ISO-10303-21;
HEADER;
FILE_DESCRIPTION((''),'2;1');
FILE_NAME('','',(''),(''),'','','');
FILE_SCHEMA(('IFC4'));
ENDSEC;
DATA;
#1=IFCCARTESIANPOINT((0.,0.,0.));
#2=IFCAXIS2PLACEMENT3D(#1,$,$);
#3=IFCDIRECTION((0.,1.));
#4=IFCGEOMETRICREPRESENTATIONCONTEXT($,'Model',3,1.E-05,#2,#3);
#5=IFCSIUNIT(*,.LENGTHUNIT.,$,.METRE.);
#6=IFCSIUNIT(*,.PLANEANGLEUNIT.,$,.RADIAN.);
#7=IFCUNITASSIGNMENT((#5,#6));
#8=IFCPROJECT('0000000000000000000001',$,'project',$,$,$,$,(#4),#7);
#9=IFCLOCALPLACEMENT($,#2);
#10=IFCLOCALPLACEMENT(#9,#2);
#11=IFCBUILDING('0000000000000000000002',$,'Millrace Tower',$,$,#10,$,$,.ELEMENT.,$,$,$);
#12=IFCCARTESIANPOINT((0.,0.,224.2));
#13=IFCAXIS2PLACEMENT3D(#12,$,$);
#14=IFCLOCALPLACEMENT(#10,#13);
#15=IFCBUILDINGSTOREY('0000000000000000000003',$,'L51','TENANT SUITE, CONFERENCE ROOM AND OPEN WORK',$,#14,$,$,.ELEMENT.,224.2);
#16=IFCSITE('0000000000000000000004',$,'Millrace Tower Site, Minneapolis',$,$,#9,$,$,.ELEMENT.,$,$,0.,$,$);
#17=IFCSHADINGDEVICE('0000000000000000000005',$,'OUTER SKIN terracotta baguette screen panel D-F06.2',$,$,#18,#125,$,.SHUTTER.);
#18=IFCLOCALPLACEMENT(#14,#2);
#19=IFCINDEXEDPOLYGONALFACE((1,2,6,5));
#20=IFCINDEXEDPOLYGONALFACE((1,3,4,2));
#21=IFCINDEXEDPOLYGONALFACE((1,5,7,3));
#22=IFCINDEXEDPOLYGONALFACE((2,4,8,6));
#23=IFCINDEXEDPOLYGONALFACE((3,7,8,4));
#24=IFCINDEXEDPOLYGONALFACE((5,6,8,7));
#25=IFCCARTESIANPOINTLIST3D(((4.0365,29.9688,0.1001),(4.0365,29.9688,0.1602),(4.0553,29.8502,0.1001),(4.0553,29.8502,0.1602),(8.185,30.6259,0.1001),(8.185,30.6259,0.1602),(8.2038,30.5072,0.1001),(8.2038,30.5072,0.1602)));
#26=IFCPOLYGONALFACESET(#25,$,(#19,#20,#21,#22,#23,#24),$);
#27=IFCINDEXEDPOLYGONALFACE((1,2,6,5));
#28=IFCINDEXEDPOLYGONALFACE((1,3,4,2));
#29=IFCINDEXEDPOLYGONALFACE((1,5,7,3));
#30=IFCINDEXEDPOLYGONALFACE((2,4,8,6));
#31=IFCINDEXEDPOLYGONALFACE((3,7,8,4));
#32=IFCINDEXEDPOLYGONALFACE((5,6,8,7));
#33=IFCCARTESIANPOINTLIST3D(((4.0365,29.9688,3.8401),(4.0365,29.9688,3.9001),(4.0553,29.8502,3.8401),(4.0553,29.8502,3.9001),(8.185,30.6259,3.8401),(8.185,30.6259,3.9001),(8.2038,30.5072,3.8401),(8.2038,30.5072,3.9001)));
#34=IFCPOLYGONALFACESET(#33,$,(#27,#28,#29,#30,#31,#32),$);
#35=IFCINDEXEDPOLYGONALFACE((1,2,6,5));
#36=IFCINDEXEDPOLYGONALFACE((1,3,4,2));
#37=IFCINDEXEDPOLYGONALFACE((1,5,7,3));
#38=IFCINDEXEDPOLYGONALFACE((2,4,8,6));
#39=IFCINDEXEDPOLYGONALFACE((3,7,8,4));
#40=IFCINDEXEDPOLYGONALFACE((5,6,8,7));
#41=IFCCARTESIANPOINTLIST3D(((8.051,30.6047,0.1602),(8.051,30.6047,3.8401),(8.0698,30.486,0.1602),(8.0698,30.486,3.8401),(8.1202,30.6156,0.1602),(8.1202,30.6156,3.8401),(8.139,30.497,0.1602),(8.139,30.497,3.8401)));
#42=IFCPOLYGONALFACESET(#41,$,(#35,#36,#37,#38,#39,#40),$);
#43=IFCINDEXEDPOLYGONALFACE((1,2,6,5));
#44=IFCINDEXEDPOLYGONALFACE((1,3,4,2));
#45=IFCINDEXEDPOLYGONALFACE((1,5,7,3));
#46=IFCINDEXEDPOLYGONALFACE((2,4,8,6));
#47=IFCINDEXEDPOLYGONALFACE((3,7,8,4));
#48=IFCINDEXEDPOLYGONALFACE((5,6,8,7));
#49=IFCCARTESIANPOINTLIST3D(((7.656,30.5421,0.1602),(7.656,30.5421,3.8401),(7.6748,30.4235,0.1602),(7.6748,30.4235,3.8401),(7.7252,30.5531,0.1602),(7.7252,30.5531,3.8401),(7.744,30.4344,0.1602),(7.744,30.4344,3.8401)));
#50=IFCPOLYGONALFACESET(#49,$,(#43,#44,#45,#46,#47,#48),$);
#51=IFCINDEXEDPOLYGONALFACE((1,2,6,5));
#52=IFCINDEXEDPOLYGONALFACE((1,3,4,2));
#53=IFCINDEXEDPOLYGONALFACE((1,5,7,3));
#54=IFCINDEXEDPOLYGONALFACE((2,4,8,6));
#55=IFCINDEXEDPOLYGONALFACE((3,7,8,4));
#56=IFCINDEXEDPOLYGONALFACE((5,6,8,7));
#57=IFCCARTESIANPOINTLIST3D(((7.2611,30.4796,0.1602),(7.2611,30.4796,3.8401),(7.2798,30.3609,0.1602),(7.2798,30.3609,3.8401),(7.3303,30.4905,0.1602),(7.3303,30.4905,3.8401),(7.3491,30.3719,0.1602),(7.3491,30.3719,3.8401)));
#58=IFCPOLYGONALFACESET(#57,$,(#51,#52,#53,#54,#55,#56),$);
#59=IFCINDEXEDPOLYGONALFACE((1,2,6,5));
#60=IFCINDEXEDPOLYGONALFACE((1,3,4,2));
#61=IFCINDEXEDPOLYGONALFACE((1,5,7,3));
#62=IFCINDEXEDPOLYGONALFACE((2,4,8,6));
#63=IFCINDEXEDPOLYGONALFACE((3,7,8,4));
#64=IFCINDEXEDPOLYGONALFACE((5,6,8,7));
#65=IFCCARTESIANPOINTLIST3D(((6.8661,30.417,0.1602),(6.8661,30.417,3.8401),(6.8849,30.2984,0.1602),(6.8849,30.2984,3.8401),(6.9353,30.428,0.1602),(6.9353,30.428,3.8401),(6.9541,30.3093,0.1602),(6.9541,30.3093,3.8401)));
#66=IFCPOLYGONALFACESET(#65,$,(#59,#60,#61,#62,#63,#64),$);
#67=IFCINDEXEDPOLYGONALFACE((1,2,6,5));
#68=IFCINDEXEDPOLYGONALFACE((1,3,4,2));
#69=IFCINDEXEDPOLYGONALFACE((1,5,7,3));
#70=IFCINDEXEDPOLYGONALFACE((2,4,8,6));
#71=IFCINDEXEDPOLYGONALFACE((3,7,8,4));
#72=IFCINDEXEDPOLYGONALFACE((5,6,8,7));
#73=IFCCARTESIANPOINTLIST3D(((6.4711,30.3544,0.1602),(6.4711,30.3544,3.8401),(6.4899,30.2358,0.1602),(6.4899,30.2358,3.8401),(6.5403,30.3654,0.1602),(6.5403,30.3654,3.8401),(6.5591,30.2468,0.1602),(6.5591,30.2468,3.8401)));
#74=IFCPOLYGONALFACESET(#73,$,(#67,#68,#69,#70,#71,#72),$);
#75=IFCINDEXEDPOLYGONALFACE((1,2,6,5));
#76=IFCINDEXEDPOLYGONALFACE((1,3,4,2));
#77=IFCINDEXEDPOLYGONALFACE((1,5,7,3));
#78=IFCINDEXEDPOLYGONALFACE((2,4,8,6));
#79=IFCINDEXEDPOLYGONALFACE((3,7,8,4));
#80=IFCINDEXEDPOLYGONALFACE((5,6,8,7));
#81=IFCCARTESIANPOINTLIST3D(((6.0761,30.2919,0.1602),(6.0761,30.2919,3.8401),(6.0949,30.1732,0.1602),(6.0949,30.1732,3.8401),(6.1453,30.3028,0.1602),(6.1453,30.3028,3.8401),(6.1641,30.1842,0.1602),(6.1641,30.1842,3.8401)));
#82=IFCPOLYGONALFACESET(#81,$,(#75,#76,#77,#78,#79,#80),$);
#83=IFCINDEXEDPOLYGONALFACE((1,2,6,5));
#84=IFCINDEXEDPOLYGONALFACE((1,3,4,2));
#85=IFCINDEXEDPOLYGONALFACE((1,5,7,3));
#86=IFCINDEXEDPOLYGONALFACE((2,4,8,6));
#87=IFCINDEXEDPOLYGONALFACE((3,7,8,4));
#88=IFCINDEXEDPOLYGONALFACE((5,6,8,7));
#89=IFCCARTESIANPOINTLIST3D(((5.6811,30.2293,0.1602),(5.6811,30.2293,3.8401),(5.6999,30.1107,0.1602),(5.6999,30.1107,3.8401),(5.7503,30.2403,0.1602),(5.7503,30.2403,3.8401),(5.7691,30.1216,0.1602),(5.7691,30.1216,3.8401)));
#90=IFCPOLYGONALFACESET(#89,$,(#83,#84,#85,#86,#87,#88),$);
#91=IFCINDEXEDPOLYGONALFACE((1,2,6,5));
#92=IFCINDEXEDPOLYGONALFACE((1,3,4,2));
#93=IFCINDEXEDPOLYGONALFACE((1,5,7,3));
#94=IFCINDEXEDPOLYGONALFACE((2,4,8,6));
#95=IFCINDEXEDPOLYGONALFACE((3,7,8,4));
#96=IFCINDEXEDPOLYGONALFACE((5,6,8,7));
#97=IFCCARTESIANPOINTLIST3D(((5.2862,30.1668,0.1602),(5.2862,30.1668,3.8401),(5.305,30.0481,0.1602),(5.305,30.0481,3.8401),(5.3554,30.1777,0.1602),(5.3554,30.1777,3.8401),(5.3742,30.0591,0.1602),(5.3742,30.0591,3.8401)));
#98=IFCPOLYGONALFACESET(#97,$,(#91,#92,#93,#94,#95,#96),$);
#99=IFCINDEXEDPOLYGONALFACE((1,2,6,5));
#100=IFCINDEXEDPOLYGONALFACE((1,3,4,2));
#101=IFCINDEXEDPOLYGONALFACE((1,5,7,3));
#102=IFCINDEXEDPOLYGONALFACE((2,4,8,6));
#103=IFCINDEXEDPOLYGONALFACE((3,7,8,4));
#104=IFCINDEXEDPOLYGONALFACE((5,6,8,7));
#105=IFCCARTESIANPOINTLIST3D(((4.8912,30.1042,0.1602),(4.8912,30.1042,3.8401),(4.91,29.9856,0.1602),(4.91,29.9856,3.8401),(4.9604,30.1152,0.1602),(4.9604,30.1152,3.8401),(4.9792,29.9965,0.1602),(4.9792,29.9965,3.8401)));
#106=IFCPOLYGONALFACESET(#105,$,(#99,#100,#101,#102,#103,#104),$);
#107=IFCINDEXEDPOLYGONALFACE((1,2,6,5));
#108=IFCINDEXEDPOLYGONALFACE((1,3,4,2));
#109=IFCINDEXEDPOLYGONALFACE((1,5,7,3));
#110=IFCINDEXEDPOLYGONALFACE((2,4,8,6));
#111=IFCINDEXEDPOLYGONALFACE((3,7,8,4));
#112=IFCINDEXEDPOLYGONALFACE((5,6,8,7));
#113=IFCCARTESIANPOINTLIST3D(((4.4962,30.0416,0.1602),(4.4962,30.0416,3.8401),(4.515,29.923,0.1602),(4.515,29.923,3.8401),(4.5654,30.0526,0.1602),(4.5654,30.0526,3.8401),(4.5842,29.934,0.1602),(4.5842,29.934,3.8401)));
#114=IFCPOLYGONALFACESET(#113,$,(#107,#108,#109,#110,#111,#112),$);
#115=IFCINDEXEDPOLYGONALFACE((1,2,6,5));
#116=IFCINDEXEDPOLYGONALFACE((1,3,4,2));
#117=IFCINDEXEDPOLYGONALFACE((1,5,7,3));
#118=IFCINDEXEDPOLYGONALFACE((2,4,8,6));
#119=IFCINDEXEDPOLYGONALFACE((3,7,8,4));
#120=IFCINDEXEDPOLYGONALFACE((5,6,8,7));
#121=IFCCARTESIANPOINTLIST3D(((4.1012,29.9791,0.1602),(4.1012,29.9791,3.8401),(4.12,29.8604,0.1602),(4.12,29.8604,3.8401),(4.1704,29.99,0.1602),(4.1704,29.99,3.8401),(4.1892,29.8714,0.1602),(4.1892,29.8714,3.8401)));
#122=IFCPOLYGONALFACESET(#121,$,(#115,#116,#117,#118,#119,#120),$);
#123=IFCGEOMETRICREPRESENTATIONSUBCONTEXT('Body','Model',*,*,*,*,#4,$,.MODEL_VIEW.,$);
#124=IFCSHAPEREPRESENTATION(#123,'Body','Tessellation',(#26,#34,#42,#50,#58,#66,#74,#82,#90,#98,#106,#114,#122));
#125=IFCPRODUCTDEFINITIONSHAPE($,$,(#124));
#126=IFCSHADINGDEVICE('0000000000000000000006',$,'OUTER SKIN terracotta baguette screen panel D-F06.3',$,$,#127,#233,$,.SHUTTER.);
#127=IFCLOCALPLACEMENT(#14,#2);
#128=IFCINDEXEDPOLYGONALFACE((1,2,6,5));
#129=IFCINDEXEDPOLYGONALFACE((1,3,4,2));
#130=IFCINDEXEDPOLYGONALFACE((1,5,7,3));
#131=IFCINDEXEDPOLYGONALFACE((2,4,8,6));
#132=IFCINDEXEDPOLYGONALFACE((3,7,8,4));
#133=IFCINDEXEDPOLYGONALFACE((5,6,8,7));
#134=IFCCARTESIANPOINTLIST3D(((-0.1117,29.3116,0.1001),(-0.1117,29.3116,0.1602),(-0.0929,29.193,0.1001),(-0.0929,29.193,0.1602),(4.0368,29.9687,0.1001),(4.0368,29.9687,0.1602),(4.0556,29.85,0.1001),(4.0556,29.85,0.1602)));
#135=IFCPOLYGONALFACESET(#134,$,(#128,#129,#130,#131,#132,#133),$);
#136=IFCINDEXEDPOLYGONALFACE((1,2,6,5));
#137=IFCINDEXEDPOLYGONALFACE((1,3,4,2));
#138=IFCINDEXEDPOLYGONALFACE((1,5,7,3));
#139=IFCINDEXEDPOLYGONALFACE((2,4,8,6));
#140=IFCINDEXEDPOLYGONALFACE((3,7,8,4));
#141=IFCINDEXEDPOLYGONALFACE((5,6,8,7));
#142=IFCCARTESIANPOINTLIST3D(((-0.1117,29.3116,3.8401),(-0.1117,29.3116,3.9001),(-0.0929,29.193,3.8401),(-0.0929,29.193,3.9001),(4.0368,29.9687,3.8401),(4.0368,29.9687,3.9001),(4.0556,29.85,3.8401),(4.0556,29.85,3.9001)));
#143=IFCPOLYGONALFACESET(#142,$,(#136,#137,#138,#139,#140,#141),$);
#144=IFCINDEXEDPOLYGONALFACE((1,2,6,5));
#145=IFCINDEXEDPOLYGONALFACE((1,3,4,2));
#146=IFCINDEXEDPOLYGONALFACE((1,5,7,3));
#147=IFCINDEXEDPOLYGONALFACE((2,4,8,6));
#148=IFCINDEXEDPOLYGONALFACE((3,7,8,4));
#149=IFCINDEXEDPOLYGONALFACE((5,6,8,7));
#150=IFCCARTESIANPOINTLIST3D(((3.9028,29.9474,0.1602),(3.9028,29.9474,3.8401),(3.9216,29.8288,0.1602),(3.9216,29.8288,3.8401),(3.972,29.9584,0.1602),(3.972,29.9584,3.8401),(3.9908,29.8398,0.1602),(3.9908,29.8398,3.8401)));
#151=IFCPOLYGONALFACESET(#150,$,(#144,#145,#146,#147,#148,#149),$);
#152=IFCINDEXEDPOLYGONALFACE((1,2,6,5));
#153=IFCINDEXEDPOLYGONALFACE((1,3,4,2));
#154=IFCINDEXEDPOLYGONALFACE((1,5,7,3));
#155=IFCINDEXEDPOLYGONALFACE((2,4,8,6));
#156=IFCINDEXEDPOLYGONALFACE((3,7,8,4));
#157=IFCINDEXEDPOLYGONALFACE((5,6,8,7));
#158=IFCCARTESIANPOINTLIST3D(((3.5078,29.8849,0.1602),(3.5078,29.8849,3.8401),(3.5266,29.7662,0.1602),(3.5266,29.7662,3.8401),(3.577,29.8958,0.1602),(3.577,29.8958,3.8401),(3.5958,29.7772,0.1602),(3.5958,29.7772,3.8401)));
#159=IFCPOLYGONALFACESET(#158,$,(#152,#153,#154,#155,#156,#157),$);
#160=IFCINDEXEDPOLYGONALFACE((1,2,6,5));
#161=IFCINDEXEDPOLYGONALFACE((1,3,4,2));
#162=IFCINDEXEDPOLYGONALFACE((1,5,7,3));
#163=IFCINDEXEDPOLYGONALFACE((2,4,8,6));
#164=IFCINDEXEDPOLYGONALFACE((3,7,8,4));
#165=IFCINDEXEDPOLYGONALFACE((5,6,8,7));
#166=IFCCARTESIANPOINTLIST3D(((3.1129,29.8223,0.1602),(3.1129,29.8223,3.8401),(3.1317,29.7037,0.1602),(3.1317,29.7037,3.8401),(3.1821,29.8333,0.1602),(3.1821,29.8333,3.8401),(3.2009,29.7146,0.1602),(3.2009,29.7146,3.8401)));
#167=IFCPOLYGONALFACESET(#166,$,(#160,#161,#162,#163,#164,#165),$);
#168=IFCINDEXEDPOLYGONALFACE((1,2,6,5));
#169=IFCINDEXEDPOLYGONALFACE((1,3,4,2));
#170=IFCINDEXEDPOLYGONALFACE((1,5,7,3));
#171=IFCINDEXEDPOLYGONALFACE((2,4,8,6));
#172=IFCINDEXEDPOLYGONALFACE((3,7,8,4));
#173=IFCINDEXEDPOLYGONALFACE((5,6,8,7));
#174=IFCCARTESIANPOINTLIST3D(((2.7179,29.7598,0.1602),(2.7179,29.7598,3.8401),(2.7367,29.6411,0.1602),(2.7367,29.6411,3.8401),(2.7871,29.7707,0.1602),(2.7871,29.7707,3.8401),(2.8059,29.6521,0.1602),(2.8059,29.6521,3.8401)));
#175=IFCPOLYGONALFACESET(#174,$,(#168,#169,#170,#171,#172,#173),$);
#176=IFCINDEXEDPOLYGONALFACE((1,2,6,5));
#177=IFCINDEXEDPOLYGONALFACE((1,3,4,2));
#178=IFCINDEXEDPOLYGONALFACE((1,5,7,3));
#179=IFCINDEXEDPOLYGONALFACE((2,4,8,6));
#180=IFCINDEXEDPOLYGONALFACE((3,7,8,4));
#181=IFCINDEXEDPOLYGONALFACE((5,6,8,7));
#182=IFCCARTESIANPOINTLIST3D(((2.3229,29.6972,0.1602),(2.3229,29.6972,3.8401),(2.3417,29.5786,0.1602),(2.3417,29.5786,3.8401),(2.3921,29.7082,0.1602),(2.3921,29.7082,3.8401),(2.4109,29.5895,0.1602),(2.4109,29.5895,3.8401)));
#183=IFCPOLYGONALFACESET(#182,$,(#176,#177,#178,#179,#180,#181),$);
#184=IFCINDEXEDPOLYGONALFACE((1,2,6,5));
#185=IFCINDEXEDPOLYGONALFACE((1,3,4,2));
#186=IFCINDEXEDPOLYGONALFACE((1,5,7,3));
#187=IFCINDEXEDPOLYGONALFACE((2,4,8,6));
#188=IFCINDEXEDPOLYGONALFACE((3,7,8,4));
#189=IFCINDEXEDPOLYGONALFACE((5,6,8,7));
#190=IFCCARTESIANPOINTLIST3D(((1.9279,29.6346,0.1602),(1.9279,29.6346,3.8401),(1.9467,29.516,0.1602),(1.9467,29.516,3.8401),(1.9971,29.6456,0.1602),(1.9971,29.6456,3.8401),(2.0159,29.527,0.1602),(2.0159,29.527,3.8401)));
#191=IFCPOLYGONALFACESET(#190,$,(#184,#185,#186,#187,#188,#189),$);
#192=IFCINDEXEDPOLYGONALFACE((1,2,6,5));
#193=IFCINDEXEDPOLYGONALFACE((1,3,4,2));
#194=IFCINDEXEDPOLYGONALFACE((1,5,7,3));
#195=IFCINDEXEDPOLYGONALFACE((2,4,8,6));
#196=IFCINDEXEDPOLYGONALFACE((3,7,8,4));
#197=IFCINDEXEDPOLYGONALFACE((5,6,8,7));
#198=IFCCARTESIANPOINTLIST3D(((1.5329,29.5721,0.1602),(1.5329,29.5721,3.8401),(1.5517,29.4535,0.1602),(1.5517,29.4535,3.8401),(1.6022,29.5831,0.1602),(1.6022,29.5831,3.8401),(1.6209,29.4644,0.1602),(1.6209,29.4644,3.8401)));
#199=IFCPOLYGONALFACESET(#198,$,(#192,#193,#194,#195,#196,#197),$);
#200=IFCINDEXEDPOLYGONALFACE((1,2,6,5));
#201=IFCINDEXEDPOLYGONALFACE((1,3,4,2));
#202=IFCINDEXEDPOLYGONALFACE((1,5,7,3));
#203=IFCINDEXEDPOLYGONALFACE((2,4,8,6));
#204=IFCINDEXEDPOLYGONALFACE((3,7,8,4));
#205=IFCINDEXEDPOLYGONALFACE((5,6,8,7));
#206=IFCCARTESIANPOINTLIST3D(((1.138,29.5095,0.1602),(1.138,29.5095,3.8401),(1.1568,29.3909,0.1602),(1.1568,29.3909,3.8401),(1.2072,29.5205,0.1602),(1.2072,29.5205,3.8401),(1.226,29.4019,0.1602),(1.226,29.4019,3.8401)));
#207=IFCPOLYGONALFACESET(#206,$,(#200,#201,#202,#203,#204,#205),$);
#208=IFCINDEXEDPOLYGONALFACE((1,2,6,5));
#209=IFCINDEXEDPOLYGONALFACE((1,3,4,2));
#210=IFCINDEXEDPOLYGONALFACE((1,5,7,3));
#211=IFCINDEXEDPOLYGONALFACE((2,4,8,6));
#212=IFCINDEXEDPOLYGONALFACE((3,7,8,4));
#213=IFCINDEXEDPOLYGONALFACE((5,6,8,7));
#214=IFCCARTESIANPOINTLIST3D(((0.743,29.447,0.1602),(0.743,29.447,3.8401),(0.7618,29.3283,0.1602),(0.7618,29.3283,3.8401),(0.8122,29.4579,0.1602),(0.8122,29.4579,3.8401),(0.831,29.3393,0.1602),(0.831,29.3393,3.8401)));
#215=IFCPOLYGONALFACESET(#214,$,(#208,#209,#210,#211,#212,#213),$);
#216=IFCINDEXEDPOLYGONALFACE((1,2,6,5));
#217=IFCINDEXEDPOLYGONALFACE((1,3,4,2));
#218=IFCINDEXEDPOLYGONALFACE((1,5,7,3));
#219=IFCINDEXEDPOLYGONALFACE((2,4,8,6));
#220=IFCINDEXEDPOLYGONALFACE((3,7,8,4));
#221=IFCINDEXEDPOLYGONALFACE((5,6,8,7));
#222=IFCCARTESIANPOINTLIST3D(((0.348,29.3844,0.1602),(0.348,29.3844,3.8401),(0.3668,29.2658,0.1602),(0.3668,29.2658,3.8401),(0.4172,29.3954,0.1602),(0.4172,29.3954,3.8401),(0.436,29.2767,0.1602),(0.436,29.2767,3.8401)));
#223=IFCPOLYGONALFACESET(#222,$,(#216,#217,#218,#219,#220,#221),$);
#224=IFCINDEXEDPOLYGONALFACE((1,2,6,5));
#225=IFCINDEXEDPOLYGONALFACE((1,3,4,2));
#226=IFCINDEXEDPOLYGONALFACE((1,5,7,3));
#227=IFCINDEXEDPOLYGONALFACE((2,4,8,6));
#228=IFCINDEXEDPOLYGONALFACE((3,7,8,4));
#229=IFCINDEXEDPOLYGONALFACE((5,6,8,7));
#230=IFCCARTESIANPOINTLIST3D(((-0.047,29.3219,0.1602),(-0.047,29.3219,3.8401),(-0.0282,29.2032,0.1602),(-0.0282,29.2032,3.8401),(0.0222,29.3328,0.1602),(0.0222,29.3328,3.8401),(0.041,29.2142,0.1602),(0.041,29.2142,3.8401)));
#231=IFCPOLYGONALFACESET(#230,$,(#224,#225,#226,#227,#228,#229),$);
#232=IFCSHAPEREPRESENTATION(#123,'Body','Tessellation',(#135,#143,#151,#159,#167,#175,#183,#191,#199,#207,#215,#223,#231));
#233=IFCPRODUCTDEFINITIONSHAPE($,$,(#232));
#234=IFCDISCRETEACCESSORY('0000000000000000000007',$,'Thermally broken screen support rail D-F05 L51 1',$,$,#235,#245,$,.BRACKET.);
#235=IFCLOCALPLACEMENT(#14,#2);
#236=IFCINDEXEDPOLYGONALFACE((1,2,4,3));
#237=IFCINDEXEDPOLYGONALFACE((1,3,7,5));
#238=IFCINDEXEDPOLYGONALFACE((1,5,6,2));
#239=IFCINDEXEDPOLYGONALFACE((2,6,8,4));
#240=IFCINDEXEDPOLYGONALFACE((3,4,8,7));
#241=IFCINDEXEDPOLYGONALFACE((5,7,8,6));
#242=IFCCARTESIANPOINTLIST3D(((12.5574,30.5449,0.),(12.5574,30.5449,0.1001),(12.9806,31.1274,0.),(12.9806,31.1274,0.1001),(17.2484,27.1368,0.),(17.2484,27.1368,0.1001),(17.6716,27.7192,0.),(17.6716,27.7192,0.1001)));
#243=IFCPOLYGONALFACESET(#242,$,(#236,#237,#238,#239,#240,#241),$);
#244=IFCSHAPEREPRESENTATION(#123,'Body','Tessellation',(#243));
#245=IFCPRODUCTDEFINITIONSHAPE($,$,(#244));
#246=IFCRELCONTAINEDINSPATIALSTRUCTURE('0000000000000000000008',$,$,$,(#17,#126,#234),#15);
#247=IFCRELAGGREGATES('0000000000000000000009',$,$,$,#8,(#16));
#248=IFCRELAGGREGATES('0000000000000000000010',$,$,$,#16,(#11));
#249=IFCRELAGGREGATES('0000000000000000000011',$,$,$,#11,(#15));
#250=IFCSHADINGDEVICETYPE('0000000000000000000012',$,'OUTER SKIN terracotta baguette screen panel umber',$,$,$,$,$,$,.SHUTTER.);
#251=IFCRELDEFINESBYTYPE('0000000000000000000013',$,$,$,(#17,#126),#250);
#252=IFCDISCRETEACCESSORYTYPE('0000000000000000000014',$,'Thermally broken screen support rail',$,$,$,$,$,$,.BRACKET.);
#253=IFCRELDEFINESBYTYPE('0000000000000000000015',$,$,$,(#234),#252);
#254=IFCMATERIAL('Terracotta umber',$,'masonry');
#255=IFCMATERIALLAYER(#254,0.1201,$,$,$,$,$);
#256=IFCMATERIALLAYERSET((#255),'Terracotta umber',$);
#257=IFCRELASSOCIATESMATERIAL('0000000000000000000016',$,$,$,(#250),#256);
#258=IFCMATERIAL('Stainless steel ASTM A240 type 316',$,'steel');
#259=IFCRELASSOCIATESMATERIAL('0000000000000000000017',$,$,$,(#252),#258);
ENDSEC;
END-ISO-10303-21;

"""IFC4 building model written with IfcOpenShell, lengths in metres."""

from ifc_helpers import new_model, entity, si_unit, direction, frame, frame_2d, origin, origin_2d, place, context, subcontext, project, spatial, rectangle, extrude, source, transform, mapped, material, layer, layer_set, type_object, element, save


model = new_model("IFC4")

# Units and contexts
model_context = context("Model", 3, precision=1e-05, world=origin(), true_north=direction((0.0, 1.0)))
body_context = subcontext(model_context, "Body", "Model", "MODEL_VIEW")
ifc_project = project(units=[si_unit("LENGTHUNIT", "METRE"), si_unit("PLANEANGLEUNIT", "RADIAN")], contexts=[model_context])

# Site, building, storey
site_placement = place(None, origin())
site = spatial("IfcSite", under=ifc_project, at=site_placement, Name="Millrace Tower Site, Minneapolis", CompositionType="ELEMENT", RefElevation=0.0)
building_placement = place(site_placement, origin())
building = spatial("IfcBuilding", under=site, at=building_placement, Name="Millrace Tower", CompositionType="ELEMENT")
storey_placement = place(building_placement, frame((0.0, 0.0, 224.2)))
storey = spatial("IfcBuildingStorey", under=building, at=storey_placement, Name="L51", Description="TENANT SUITE, CONFERENCE ROOM AND OPEN WORK", CompositionType="ELEMENT", Elevation=224.2)

# Shading devices
ifc_material_1 = material(Name="Terracotta umber", Category="masonry")
ifc_layer_1 = layer(ifc_material_1, 0.1201)
ifc_layer_set_1 = layer_set([ifc_layer_1], Name="Terracotta umber")
shading_device_type = type_object("IfcShadingDeviceType", Name="OUTER SKIN terracotta baguette screen panel umber", PredefinedType="SHUTTER", material=ifc_layer_set_1)
cartesian_point_1 = entity("IfcCartesianPoint", [-2.1001, 0.0601])
shared_polyline_1 = entity("IfcPolyline", [cartesian_point_1, entity("IfcCartesianPoint", [2.1001, 0.0601]), entity("IfcCartesianPoint", [2.1001, -0.0601]), entity("IfcCartesianPoint", [-2.1001, -0.0601]), cartesian_point_1])
shared_shape_1 = source(origin(), body_context, "Body", "SweptSolid", [
    entity("IfcExtrudedAreaSolid", entity("IfcArbitraryClosedProfileDef", "AREA", None, shared_polyline_1), entity("IfcAxis2Placement3D", entity("IfcCartesianPoint", [0.0, 0.0, 0.0])), entity("IfcDirection", [0.0, 0.0, 1.0]), 0.0601),
    entity("IfcExtrudedAreaSolid", entity("IfcArbitraryClosedProfileDef", "AREA", None, shared_polyline_1), entity("IfcAxis2Placement3D", entity("IfcCartesianPoint", [0.0, 0.0, 3.74])), entity("IfcDirection", [0.0, 0.0, 1.0]), 0.0601),
    extrude(rectangle(XDim=0.0701, YDim=0.1201, at=frame_2d((-1.9995, 0.0))), frame((0.0, 0.0, 0.0601)), (0.0, 0.0, 1.0), 3.6799),
    extrude(rectangle(XDim=0.0701, YDim=0.1201, at=frame_2d((-1.5996, 0.0))), frame((0.0, 0.0, 0.0601)), (0.0, 0.0, 1.0), 3.6799),
    extrude(rectangle(XDim=0.0701, YDim=0.1201, at=frame_2d((-1.1997, 0.0))), frame((0.0, 0.0, 0.0601)), (0.0, 0.0, 1.0), 3.6799),
    extrude(rectangle(XDim=0.0701, YDim=0.1201, at=frame_2d((-0.7998, 0.0))), frame((0.0, 0.0, 0.0601)), (0.0, 0.0, 1.0), 3.6799),
    extrude(rectangle(XDim=0.0701, YDim=0.1201, at=frame_2d((-0.3999, 0.0))), frame((0.0, 0.0, 0.0601)), (0.0, 0.0, 1.0), 3.6799),
    extrude(rectangle(XDim=0.0701, YDim=0.1201, at=origin_2d()), frame((0.0, 0.0, 0.0601)), (0.0, 0.0, 1.0), 3.6799),
    extrude(rectangle(XDim=0.0701, YDim=0.1201, at=frame_2d((0.3999, 0.0))), frame((0.0, 0.0, 0.0601)), (0.0, 0.0, 1.0), 3.6799),
    extrude(rectangle(XDim=0.0701, YDim=0.1201, at=frame_2d((0.7998, 0.0))), frame((0.0, 0.0, 0.0601)), (0.0, 0.0, 1.0), 3.6799),
    extrude(rectangle(XDim=0.0701, YDim=0.1201, at=frame_2d((1.1997, 0.0))), frame((0.0, 0.0, 0.0601)), (0.0, 0.0, 1.0), 3.6799),
    extrude(rectangle(XDim=0.0701, YDim=0.1201, at=frame_2d((1.5996, 0.0))), frame((0.0, 0.0, 0.0601)), (0.0, 0.0, 1.0), 3.6799),
    extrude(rectangle(XDim=0.0701, YDim=0.1201, at=frame_2d((1.9995, 0.0))), frame((0.0, 0.0, 0.0601)), (0.0, 0.0, 1.0), 3.6799),
])
for number, where, z_axis, x_axis, name in (
    (1, (6.1201, 30.238, 0.1001), (0.0, 0.0, 1.0), (-0.987688, -0.156434, 0.0), "OUTER SKIN terracotta baguette screen panel D-F06.2"),
    (2, (1.9719, 29.5808, 0.1001), (0.0, 0.0, 1.0), (-0.987688, -0.156434, 0.0), "OUTER SKIN terracotta baguette screen panel D-F06.3"),
):
    element("IfcShadingDevice", number, at=place(storey_placement, frame(where, z_axis=z_axis, x_axis=x_axis)), inside=storey, type_object=shading_device_type, Name=name, PredefinedType="SHUTTER", context=body_context, shape_type="MappedRepresentation", body=[
        mapped(shared_shape_1, transform((0.0, 0.0, 0.0), scale=1.0)),
    ])

# Discrete accessory
ifc_material_2 = material(Name="Stainless steel ASTM A240 type 316", Category="steel")
discrete_accessory_type = type_object("IfcDiscreteAccessoryType", Name="Thermally broken screen support rail", PredefinedType="BRACKET", material=ifc_material_2)
discrete_accessory_placement = place(storey_placement, frame((15.1145, 29.1321, 0.0), z_axis=(0.0, 0.0, 1.0), x_axis=(-0.809017, 0.587785, 0.0)))
element("IfcDiscreteAccessory", 3, at=discrete_accessory_placement, inside=storey, type_object=discrete_accessory_type, Name="Thermally broken screen support rail D-F05 L51 1", PredefinedType="BRACKET", context=body_context, shape_type="SweptSolid", body=[
    extrude(rectangle(XDim=5.7983, YDim=0.72, at=origin_2d()), origin(), (0.0, 0.0, 1.0), 0.1001),
])

save(model, "model.ifc")
